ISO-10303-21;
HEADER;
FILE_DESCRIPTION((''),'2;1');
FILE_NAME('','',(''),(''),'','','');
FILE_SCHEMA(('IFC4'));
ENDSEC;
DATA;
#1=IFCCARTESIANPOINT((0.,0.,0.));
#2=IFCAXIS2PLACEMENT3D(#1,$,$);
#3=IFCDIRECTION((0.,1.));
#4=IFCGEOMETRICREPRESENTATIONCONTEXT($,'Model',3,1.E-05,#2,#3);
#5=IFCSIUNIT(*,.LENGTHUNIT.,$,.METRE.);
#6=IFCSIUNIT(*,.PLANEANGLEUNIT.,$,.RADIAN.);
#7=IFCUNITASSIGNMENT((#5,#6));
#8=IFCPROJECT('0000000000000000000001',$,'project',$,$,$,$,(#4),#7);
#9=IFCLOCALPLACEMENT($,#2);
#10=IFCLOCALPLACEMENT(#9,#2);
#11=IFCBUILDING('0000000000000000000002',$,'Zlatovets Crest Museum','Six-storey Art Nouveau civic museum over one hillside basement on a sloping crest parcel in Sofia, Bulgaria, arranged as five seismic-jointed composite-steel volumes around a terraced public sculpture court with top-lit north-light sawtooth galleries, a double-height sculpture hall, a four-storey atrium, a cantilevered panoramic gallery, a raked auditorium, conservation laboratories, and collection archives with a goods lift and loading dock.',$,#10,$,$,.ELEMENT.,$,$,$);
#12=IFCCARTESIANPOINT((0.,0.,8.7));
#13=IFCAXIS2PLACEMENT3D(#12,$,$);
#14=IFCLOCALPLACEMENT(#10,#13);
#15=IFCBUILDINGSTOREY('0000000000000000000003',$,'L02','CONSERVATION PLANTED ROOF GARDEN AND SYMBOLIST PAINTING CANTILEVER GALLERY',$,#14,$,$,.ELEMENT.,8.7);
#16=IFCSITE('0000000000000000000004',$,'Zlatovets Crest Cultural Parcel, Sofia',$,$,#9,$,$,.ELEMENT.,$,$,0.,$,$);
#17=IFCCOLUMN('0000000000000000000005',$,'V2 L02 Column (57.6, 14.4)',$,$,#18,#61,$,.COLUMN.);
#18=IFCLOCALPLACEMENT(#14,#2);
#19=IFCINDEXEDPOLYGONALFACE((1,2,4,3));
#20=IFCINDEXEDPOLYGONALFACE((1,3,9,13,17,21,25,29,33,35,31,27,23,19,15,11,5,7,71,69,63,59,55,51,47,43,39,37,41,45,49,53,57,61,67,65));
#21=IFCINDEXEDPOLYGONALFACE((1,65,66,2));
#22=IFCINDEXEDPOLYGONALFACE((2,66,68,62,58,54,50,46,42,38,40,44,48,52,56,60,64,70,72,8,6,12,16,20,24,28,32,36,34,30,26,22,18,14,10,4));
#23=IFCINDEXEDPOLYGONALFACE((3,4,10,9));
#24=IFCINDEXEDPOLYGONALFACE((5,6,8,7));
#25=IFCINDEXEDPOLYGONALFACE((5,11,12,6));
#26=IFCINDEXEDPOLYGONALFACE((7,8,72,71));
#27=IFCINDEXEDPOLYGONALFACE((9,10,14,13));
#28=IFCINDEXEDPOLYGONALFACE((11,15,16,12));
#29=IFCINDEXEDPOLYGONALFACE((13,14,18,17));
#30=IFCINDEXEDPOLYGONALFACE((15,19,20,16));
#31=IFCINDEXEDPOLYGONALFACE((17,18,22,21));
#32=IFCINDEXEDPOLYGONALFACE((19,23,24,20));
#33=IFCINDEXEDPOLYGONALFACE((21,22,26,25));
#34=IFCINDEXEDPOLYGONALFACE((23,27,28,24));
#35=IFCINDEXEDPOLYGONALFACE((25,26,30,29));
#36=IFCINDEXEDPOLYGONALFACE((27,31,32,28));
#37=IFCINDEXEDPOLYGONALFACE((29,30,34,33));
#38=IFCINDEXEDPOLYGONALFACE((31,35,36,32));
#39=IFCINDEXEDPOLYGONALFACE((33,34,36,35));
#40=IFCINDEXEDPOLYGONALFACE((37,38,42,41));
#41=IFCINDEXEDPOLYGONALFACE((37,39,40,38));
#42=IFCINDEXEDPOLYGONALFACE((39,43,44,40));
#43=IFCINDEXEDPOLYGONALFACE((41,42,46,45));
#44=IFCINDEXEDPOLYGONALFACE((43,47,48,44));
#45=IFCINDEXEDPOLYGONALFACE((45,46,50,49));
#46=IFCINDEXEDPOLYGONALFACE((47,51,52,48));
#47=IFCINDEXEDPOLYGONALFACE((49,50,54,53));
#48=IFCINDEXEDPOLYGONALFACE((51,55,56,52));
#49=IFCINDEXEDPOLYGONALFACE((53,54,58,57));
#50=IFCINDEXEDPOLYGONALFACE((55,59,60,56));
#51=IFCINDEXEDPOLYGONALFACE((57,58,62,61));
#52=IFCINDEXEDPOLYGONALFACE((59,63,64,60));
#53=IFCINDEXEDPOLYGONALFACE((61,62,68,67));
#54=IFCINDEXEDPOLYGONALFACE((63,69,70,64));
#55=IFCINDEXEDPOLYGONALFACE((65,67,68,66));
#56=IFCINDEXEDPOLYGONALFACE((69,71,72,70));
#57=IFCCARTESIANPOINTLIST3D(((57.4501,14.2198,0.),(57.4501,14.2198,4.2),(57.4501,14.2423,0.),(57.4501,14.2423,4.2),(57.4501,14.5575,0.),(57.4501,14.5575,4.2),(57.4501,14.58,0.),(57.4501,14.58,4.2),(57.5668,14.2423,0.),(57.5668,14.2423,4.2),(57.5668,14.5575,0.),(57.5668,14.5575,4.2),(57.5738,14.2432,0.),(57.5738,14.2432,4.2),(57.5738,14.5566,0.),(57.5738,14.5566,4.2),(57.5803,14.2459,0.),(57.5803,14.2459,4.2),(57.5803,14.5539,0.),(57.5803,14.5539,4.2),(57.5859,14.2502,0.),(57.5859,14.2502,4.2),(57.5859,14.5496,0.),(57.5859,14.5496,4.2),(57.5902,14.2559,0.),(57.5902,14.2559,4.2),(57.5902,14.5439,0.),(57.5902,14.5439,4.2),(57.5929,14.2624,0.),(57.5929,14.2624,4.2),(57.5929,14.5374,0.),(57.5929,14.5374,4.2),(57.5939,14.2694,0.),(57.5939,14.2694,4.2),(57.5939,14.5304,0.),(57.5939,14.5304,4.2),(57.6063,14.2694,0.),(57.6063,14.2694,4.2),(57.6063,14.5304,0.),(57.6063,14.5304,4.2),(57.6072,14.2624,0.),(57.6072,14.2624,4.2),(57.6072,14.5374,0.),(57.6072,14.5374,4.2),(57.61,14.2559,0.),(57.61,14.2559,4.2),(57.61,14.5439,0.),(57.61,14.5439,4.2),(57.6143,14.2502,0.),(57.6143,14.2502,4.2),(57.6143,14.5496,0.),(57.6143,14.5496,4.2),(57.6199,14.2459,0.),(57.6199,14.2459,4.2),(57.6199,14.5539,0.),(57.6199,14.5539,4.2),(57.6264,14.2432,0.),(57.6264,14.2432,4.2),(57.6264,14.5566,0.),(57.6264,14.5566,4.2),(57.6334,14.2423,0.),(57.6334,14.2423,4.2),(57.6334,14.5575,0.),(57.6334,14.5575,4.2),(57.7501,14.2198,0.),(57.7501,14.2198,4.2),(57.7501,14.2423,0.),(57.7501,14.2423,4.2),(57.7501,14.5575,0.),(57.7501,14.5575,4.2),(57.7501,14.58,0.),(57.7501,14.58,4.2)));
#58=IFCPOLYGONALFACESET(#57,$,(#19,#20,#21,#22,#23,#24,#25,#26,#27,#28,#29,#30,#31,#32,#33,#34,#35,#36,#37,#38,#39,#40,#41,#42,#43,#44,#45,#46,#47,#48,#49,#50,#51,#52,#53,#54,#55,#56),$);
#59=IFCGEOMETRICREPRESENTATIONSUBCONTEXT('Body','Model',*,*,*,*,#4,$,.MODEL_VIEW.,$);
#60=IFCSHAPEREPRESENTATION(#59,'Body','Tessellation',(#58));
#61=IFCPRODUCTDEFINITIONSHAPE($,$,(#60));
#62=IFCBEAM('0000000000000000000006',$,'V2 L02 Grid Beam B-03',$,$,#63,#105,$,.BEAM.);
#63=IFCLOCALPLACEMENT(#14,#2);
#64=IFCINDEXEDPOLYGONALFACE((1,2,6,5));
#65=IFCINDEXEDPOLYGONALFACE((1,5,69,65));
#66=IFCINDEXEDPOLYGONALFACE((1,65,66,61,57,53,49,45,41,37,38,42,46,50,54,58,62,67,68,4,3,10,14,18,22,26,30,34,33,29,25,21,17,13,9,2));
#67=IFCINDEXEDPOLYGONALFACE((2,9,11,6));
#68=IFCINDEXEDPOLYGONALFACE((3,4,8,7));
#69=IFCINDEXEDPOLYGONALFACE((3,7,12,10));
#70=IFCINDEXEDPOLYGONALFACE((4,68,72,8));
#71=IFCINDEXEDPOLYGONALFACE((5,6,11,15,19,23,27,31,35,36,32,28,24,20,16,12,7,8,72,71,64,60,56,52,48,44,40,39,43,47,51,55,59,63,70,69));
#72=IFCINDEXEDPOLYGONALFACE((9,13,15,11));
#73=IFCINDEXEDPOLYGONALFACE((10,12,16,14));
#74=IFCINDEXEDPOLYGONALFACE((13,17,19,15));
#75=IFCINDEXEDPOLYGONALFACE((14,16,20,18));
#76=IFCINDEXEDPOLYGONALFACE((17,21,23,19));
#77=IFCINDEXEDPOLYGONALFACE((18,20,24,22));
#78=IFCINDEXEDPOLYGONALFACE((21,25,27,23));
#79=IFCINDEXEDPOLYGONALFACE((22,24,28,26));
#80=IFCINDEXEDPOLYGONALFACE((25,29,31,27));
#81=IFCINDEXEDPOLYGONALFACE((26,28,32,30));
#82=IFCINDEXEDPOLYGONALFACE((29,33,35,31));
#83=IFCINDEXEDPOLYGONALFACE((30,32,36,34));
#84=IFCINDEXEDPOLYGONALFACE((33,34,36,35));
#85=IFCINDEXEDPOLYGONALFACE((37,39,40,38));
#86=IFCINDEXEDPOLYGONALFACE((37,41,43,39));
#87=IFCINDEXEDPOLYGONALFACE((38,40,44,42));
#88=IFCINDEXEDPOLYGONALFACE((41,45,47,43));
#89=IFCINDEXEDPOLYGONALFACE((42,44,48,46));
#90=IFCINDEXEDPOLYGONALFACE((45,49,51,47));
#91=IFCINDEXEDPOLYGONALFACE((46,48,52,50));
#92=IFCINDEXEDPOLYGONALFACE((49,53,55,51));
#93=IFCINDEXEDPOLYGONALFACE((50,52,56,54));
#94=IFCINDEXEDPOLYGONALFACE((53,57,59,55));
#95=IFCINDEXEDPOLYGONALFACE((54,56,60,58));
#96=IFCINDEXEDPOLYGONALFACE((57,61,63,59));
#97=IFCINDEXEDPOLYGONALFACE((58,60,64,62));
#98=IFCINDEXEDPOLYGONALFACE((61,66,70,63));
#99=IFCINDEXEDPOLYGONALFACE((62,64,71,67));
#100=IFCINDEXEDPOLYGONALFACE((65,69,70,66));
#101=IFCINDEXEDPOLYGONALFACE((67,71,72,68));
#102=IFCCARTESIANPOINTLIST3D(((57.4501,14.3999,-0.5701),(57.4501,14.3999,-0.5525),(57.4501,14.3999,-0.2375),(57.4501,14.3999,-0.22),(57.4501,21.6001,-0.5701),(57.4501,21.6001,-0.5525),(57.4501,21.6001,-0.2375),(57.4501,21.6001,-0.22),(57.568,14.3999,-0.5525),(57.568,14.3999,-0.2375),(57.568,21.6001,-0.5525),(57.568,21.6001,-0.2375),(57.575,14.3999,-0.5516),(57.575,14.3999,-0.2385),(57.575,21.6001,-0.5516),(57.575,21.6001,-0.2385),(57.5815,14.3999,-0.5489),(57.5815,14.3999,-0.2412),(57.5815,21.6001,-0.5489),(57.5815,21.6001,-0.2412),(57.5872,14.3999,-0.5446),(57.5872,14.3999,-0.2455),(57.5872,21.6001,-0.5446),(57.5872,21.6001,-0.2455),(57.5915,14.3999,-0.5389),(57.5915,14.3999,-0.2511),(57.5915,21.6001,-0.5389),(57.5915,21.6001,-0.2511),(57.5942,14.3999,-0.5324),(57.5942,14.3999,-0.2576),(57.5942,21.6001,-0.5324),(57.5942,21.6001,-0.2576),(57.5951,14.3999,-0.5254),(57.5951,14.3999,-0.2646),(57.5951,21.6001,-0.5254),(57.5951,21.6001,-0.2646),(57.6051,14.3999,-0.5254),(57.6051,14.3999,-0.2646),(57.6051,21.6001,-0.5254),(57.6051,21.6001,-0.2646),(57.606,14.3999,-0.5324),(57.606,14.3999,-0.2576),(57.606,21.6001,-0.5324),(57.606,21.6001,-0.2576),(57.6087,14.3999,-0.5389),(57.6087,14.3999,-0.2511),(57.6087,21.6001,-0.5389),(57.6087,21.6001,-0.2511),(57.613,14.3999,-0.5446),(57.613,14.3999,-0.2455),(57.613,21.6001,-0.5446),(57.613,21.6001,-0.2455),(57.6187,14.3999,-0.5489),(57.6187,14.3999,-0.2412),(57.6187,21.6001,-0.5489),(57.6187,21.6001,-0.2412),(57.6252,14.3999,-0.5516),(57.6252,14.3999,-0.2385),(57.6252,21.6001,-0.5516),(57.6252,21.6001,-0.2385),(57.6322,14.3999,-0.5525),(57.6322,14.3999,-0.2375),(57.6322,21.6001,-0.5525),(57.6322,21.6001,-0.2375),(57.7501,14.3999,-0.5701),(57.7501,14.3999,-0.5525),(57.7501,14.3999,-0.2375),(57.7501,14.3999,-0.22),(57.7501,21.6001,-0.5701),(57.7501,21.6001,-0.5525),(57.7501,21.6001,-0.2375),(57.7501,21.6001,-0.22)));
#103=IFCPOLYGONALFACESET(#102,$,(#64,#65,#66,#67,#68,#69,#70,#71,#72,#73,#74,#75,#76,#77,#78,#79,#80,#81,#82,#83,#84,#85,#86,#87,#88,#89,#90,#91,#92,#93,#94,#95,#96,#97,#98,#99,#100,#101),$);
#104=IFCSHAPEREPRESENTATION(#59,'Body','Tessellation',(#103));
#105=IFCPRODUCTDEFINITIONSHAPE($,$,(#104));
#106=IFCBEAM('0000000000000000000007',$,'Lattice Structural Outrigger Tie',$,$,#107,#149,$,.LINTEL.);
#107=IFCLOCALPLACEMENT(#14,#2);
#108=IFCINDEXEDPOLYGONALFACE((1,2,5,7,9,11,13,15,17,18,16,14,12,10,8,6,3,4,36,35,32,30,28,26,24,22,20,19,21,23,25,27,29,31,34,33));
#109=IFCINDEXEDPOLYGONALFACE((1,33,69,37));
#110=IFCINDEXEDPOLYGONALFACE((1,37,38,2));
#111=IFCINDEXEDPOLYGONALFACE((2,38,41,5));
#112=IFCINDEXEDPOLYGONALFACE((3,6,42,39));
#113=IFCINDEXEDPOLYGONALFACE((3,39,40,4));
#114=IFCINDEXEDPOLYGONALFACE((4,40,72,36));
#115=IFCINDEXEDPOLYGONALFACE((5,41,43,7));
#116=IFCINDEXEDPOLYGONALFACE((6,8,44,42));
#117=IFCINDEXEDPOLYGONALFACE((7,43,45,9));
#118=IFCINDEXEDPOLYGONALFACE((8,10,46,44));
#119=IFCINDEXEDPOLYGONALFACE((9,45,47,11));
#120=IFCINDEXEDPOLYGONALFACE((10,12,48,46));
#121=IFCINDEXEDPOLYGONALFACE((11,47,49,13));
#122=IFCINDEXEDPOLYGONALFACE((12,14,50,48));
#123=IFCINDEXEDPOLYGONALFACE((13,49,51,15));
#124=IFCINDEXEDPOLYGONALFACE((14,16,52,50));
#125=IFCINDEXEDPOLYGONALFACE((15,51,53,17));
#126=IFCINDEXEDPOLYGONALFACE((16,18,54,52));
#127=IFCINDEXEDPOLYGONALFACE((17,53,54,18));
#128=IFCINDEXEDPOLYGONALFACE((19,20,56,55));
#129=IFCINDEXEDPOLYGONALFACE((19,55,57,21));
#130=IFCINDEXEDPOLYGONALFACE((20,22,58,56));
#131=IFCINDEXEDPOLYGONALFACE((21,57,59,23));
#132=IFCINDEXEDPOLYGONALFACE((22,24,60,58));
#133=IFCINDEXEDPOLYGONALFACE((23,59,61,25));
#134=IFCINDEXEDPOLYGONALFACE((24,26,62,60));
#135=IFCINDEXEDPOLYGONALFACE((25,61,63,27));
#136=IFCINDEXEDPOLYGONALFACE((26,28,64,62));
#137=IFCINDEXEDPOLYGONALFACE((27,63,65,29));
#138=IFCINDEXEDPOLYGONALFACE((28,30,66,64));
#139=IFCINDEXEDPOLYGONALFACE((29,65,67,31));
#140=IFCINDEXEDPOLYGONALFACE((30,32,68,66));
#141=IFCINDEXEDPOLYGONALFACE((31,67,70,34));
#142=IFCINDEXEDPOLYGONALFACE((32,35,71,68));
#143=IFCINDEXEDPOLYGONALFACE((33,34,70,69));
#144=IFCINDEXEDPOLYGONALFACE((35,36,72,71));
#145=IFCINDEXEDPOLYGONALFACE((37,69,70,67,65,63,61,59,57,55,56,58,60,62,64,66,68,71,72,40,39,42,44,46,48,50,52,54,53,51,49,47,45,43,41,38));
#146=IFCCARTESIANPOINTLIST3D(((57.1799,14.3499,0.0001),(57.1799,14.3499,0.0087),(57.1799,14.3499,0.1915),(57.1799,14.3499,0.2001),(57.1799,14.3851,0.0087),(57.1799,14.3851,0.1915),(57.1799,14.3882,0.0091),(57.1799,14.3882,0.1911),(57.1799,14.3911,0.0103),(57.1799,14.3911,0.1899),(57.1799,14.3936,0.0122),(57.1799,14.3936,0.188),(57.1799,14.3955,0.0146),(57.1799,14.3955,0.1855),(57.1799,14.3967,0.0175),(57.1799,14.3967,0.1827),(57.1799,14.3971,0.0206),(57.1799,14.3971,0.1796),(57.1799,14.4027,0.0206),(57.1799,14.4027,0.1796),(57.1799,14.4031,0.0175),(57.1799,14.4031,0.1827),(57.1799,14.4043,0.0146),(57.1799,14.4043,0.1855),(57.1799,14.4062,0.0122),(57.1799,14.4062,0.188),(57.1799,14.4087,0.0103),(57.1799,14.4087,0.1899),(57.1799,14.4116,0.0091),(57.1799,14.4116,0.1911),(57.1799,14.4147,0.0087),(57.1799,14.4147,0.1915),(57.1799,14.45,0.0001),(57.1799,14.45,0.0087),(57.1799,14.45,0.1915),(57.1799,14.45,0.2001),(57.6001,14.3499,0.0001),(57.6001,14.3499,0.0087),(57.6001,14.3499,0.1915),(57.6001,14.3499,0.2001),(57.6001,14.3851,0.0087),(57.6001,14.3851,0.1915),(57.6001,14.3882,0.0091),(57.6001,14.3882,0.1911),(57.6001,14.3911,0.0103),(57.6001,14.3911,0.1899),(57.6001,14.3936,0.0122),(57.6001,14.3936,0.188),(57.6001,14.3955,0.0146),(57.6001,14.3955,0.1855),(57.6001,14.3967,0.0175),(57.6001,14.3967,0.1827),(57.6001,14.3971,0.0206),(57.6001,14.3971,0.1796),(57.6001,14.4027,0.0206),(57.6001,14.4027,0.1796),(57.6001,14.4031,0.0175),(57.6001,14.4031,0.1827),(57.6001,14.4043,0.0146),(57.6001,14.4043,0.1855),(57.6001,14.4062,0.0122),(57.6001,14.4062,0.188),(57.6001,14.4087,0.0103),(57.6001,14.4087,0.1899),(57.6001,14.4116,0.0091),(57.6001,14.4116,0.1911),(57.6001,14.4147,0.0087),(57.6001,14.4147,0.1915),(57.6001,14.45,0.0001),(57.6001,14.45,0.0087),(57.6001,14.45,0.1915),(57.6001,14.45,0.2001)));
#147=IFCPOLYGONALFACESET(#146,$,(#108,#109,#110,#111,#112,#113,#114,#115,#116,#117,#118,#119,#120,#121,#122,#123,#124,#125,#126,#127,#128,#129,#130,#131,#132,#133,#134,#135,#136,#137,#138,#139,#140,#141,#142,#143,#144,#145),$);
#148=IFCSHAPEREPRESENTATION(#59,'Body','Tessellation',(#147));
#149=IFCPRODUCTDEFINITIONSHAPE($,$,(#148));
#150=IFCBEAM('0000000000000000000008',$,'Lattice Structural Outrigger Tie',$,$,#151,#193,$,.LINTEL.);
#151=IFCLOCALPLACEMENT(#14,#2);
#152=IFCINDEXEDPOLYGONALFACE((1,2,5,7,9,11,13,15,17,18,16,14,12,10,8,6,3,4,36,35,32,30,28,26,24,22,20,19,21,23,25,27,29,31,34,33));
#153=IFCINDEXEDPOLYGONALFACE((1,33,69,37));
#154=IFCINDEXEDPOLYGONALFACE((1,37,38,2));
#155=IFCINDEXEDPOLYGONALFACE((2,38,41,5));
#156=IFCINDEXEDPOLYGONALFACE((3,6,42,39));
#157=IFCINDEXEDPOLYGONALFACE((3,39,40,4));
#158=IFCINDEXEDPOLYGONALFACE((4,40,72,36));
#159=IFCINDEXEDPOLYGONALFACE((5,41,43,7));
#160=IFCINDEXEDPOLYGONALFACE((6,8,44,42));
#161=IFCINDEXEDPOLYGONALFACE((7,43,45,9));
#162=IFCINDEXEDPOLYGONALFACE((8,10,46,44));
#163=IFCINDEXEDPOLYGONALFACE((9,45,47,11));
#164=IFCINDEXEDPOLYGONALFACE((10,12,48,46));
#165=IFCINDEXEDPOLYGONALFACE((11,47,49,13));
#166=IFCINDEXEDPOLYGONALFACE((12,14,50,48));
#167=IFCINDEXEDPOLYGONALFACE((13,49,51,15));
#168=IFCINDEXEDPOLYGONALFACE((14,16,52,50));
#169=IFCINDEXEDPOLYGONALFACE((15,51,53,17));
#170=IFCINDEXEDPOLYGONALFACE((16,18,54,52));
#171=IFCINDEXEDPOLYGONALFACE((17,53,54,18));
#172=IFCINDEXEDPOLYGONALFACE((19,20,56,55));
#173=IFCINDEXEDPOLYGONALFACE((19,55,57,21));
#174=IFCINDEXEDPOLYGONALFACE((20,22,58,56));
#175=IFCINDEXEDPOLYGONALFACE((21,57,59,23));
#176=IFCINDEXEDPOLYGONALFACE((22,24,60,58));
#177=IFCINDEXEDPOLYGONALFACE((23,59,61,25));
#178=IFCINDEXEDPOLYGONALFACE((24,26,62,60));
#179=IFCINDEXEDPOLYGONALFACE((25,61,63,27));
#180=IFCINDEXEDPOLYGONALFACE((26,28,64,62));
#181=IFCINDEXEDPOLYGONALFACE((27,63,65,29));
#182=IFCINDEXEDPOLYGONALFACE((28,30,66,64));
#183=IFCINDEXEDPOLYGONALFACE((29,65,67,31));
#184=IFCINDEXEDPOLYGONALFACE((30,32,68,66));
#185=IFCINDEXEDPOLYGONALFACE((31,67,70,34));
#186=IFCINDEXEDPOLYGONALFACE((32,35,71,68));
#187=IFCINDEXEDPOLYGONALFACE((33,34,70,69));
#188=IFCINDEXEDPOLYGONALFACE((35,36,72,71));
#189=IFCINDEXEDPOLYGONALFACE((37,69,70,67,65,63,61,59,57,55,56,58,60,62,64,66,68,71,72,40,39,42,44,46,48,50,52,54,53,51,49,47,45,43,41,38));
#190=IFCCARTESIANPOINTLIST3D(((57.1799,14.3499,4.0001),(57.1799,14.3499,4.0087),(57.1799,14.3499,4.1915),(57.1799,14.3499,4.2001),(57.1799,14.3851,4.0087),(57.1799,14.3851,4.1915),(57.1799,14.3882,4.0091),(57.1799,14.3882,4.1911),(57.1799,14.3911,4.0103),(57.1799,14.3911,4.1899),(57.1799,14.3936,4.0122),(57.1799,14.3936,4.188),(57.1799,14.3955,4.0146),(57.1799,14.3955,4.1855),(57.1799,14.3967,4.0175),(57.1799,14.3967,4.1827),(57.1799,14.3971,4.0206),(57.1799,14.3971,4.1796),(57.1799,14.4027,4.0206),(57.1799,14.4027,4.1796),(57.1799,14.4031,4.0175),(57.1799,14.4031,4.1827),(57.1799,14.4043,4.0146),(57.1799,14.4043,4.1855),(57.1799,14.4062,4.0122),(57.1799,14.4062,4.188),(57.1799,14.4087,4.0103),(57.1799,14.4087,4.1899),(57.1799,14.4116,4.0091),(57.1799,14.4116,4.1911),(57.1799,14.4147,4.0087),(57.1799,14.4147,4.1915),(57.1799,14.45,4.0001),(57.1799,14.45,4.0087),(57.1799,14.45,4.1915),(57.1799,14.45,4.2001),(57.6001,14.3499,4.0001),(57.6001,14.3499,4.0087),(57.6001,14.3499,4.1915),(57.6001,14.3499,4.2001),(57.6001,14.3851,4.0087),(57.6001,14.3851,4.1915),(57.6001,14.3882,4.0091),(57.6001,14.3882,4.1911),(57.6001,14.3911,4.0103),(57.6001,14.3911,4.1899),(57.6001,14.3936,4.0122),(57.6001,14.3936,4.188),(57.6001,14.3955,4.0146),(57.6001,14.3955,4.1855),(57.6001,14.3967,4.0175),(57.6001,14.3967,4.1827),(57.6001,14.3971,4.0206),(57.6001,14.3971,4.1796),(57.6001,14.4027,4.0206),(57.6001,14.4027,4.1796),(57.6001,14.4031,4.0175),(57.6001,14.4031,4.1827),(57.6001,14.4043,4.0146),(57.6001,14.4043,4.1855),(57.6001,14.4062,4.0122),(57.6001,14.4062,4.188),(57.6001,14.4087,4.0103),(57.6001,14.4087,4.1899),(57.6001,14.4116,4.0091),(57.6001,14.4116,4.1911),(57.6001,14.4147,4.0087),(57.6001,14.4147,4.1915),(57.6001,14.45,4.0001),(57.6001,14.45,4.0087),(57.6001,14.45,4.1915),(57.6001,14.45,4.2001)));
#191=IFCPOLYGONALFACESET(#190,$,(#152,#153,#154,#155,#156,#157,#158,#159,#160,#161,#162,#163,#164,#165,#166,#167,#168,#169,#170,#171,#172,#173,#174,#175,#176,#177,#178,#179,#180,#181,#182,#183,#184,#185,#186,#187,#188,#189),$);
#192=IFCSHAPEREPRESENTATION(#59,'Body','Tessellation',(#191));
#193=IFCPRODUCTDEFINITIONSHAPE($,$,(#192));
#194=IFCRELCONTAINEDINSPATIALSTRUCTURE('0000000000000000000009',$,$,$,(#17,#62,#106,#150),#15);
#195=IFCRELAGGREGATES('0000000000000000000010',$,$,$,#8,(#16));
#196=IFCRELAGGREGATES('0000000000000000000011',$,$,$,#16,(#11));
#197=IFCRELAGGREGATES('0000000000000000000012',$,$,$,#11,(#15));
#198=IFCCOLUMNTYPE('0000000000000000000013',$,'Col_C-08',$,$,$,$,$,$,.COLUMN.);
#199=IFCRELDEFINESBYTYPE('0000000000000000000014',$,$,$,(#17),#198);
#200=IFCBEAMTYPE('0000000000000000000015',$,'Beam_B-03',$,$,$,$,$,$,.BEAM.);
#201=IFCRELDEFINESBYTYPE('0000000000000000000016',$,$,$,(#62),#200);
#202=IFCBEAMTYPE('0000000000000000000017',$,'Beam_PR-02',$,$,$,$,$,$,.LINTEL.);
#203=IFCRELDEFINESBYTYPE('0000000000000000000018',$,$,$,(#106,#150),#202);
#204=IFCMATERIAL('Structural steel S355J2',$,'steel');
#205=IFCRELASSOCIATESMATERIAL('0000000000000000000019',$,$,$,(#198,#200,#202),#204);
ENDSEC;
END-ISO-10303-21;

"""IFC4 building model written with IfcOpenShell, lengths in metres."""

from ifc_helpers import new_model, si_unit, direction, frame, origin, origin_2d, place, context, subcontext, project, spatial, i_section, extrude, material, material_profile, profile_set, type_object, element, save


model = new_model("IFC4")

# Units and contexts
model_context = context("Model", 3, precision=1e-05, world=origin(), true_north=direction((0.0, 1.0)))
body_context = subcontext(model_context, "Body", "Model", "MODEL_VIEW")
ifc_project = project(units=[si_unit("LENGTHUNIT", "METRE"), si_unit("PLANEANGLEUNIT", "RADIAN")], contexts=[model_context])

# Site, building, storey
site_placement = place(None, origin())
site = spatial("IfcSite", under=ifc_project, at=site_placement, Name="Zlatovets Crest Cultural Parcel, Sofia", CompositionType="ELEMENT", RefElevation=0.0)
building_placement = place(site_placement, origin())
building = spatial("IfcBuilding", under=site, at=building_placement, Name="Zlatovets Crest Museum", Description="Six-storey Art Nouveau civic museum over one hillside basement on a sloping crest parcel in Sofia, Bulgaria, arranged as five seismic-jointed composite-steel volumes around a terraced public sculpture court with top-lit north-light sawtooth galleries, a double-height sculpture hall, a four-storey atrium, a cantilevered panoramic gallery, a raked auditorium, conservation laboratories, and collection archives with a goods lift and loading dock.", CompositionType="ELEMENT")
storey_placement = place(building_placement, frame((0.0, 0.0, 8.7)))
storey = spatial("IfcBuildingStorey", under=building, at=storey_placement, Name="L02", Description="CONSERVATION PLANTED ROOF GARDEN AND SYMBOLIST PAINTING CANTILEVER GALLERY", CompositionType="ELEMENT", Elevation=8.7)

# Column
ifc_material_1 = material(Name="Structural steel S355J2", Category="steel")
ifc_material_profile_1 = material_profile(ifc_material_1, i_section(OverallWidth=0.3, OverallDepth=0.3601, WebThickness=0.0125, FlangeThickness=0.0225, FilletRadius=0.0271, at=origin_2d()), Name="HEB 360")
ifc_profile_set_1 = profile_set([ifc_material_profile_1], Name="Structural steel S355J2")
column_type = type_object("IfcColumnType", Name="Col_C-08", PredefinedType="COLUMN", material=ifc_profile_set_1)
column_placement = place(storey_placement, frame((57.6001, 14.3999, 0.0), z_axis=(0.0, 0.0, 1.0), x_axis=(1.0, 0.0, 0.0)))
element("IfcColumn", 1, at=column_placement, inside=storey, type_object=column_type, Name="V2 L02 Column (57.6, 14.4)", PredefinedType="COLUMN", context=body_context, shape_type="SweptSolid", body=[
    extrude(i_section(OverallWidth=0.3, OverallDepth=0.3601, WebThickness=0.0125, FlangeThickness=0.0225, FilletRadius=0.0271, at=origin_2d()), origin(), (0.0, 0.0, 1.0), 4.2),
])

# Beams
ifc_material_profile_2 = material_profile(ifc_material_1, i_section(OverallWidth=0.3, OverallDepth=0.3501, WebThickness=0.01, FlangeThickness=0.0176, FilletRadius=0.0271, at=origin_2d()), Name="HEA 360")
ifc_profile_set_2 = profile_set([ifc_material_profile_2], Name="Structural steel S355J2")
beam_type_1 = type_object("IfcBeamType", Name="Beam_B-03", PredefinedType="BEAM", material=ifc_profile_set_2)
beam_1_placement = place(storey_placement, frame((57.6001, 14.3999, -0.395), z_axis=(0.0, 1.0, 0.0), x_axis=(-1.0, 0.0, 0.0)))
element("IfcBeam", 2, at=beam_1_placement, inside=storey, type_object=beam_type_1, Name="V2 L02 Grid Beam B-03", PredefinedType="BEAM", context=body_context, shape_type="SweptSolid", body=[
    extrude(i_section(OverallWidth=0.3, OverallDepth=0.3501, WebThickness=0.01, FlangeThickness=0.0176, FilletRadius=0.0271, at=origin_2d()), origin(), (0.0, 0.0, 1.0), 7.2002),
])
ifc_material_profile_3 = material_profile(ifc_material_1, i_section(OverallWidth=0.1001, OverallDepth=0.2, WebThickness=0.0056, FlangeThickness=0.0085, FilletRadius=0.012, at=origin_2d()), Name="IPE 200")
ifc_profile_set_3 = profile_set([ifc_material_profile_3], Name="Structural steel S355J2")
beam_type_2 = type_object("IfcBeamType", Name="Beam_PR-02", PredefinedType="LINTEL", material=ifc_profile_set_3)
for number, where, z_axis, x_axis, name in (
    (3, (57.6001, 14.3999, 0.1001), (-1.0, 0.0, 0.0), (0.0, -1.0, 0.0), "Lattice Structural Outrigger Tie"),
    (4, (57.6001, 14.3999, 4.1001), (-1.0, 0.0, 0.0), (0.0, -1.0, 0.0), "Lattice Structural Outrigger Tie"),
):
    element("IfcBeam", number, at=place(storey_placement, frame(where, z_axis=z_axis, x_axis=x_axis)), inside=storey, type_object=beam_type_2, Name=name, PredefinedType="LINTEL", context=body_context, shape_type="SweptSolid", body=[
        extrude(i_section(OverallWidth=0.1001, OverallDepth=0.2, WebThickness=0.0056, FlangeThickness=0.0085, FilletRadius=0.012, at=origin_2d()), origin(), (0.0, 0.0, 1.0), 0.4202),
    ])

save(model, "model.ifc")
